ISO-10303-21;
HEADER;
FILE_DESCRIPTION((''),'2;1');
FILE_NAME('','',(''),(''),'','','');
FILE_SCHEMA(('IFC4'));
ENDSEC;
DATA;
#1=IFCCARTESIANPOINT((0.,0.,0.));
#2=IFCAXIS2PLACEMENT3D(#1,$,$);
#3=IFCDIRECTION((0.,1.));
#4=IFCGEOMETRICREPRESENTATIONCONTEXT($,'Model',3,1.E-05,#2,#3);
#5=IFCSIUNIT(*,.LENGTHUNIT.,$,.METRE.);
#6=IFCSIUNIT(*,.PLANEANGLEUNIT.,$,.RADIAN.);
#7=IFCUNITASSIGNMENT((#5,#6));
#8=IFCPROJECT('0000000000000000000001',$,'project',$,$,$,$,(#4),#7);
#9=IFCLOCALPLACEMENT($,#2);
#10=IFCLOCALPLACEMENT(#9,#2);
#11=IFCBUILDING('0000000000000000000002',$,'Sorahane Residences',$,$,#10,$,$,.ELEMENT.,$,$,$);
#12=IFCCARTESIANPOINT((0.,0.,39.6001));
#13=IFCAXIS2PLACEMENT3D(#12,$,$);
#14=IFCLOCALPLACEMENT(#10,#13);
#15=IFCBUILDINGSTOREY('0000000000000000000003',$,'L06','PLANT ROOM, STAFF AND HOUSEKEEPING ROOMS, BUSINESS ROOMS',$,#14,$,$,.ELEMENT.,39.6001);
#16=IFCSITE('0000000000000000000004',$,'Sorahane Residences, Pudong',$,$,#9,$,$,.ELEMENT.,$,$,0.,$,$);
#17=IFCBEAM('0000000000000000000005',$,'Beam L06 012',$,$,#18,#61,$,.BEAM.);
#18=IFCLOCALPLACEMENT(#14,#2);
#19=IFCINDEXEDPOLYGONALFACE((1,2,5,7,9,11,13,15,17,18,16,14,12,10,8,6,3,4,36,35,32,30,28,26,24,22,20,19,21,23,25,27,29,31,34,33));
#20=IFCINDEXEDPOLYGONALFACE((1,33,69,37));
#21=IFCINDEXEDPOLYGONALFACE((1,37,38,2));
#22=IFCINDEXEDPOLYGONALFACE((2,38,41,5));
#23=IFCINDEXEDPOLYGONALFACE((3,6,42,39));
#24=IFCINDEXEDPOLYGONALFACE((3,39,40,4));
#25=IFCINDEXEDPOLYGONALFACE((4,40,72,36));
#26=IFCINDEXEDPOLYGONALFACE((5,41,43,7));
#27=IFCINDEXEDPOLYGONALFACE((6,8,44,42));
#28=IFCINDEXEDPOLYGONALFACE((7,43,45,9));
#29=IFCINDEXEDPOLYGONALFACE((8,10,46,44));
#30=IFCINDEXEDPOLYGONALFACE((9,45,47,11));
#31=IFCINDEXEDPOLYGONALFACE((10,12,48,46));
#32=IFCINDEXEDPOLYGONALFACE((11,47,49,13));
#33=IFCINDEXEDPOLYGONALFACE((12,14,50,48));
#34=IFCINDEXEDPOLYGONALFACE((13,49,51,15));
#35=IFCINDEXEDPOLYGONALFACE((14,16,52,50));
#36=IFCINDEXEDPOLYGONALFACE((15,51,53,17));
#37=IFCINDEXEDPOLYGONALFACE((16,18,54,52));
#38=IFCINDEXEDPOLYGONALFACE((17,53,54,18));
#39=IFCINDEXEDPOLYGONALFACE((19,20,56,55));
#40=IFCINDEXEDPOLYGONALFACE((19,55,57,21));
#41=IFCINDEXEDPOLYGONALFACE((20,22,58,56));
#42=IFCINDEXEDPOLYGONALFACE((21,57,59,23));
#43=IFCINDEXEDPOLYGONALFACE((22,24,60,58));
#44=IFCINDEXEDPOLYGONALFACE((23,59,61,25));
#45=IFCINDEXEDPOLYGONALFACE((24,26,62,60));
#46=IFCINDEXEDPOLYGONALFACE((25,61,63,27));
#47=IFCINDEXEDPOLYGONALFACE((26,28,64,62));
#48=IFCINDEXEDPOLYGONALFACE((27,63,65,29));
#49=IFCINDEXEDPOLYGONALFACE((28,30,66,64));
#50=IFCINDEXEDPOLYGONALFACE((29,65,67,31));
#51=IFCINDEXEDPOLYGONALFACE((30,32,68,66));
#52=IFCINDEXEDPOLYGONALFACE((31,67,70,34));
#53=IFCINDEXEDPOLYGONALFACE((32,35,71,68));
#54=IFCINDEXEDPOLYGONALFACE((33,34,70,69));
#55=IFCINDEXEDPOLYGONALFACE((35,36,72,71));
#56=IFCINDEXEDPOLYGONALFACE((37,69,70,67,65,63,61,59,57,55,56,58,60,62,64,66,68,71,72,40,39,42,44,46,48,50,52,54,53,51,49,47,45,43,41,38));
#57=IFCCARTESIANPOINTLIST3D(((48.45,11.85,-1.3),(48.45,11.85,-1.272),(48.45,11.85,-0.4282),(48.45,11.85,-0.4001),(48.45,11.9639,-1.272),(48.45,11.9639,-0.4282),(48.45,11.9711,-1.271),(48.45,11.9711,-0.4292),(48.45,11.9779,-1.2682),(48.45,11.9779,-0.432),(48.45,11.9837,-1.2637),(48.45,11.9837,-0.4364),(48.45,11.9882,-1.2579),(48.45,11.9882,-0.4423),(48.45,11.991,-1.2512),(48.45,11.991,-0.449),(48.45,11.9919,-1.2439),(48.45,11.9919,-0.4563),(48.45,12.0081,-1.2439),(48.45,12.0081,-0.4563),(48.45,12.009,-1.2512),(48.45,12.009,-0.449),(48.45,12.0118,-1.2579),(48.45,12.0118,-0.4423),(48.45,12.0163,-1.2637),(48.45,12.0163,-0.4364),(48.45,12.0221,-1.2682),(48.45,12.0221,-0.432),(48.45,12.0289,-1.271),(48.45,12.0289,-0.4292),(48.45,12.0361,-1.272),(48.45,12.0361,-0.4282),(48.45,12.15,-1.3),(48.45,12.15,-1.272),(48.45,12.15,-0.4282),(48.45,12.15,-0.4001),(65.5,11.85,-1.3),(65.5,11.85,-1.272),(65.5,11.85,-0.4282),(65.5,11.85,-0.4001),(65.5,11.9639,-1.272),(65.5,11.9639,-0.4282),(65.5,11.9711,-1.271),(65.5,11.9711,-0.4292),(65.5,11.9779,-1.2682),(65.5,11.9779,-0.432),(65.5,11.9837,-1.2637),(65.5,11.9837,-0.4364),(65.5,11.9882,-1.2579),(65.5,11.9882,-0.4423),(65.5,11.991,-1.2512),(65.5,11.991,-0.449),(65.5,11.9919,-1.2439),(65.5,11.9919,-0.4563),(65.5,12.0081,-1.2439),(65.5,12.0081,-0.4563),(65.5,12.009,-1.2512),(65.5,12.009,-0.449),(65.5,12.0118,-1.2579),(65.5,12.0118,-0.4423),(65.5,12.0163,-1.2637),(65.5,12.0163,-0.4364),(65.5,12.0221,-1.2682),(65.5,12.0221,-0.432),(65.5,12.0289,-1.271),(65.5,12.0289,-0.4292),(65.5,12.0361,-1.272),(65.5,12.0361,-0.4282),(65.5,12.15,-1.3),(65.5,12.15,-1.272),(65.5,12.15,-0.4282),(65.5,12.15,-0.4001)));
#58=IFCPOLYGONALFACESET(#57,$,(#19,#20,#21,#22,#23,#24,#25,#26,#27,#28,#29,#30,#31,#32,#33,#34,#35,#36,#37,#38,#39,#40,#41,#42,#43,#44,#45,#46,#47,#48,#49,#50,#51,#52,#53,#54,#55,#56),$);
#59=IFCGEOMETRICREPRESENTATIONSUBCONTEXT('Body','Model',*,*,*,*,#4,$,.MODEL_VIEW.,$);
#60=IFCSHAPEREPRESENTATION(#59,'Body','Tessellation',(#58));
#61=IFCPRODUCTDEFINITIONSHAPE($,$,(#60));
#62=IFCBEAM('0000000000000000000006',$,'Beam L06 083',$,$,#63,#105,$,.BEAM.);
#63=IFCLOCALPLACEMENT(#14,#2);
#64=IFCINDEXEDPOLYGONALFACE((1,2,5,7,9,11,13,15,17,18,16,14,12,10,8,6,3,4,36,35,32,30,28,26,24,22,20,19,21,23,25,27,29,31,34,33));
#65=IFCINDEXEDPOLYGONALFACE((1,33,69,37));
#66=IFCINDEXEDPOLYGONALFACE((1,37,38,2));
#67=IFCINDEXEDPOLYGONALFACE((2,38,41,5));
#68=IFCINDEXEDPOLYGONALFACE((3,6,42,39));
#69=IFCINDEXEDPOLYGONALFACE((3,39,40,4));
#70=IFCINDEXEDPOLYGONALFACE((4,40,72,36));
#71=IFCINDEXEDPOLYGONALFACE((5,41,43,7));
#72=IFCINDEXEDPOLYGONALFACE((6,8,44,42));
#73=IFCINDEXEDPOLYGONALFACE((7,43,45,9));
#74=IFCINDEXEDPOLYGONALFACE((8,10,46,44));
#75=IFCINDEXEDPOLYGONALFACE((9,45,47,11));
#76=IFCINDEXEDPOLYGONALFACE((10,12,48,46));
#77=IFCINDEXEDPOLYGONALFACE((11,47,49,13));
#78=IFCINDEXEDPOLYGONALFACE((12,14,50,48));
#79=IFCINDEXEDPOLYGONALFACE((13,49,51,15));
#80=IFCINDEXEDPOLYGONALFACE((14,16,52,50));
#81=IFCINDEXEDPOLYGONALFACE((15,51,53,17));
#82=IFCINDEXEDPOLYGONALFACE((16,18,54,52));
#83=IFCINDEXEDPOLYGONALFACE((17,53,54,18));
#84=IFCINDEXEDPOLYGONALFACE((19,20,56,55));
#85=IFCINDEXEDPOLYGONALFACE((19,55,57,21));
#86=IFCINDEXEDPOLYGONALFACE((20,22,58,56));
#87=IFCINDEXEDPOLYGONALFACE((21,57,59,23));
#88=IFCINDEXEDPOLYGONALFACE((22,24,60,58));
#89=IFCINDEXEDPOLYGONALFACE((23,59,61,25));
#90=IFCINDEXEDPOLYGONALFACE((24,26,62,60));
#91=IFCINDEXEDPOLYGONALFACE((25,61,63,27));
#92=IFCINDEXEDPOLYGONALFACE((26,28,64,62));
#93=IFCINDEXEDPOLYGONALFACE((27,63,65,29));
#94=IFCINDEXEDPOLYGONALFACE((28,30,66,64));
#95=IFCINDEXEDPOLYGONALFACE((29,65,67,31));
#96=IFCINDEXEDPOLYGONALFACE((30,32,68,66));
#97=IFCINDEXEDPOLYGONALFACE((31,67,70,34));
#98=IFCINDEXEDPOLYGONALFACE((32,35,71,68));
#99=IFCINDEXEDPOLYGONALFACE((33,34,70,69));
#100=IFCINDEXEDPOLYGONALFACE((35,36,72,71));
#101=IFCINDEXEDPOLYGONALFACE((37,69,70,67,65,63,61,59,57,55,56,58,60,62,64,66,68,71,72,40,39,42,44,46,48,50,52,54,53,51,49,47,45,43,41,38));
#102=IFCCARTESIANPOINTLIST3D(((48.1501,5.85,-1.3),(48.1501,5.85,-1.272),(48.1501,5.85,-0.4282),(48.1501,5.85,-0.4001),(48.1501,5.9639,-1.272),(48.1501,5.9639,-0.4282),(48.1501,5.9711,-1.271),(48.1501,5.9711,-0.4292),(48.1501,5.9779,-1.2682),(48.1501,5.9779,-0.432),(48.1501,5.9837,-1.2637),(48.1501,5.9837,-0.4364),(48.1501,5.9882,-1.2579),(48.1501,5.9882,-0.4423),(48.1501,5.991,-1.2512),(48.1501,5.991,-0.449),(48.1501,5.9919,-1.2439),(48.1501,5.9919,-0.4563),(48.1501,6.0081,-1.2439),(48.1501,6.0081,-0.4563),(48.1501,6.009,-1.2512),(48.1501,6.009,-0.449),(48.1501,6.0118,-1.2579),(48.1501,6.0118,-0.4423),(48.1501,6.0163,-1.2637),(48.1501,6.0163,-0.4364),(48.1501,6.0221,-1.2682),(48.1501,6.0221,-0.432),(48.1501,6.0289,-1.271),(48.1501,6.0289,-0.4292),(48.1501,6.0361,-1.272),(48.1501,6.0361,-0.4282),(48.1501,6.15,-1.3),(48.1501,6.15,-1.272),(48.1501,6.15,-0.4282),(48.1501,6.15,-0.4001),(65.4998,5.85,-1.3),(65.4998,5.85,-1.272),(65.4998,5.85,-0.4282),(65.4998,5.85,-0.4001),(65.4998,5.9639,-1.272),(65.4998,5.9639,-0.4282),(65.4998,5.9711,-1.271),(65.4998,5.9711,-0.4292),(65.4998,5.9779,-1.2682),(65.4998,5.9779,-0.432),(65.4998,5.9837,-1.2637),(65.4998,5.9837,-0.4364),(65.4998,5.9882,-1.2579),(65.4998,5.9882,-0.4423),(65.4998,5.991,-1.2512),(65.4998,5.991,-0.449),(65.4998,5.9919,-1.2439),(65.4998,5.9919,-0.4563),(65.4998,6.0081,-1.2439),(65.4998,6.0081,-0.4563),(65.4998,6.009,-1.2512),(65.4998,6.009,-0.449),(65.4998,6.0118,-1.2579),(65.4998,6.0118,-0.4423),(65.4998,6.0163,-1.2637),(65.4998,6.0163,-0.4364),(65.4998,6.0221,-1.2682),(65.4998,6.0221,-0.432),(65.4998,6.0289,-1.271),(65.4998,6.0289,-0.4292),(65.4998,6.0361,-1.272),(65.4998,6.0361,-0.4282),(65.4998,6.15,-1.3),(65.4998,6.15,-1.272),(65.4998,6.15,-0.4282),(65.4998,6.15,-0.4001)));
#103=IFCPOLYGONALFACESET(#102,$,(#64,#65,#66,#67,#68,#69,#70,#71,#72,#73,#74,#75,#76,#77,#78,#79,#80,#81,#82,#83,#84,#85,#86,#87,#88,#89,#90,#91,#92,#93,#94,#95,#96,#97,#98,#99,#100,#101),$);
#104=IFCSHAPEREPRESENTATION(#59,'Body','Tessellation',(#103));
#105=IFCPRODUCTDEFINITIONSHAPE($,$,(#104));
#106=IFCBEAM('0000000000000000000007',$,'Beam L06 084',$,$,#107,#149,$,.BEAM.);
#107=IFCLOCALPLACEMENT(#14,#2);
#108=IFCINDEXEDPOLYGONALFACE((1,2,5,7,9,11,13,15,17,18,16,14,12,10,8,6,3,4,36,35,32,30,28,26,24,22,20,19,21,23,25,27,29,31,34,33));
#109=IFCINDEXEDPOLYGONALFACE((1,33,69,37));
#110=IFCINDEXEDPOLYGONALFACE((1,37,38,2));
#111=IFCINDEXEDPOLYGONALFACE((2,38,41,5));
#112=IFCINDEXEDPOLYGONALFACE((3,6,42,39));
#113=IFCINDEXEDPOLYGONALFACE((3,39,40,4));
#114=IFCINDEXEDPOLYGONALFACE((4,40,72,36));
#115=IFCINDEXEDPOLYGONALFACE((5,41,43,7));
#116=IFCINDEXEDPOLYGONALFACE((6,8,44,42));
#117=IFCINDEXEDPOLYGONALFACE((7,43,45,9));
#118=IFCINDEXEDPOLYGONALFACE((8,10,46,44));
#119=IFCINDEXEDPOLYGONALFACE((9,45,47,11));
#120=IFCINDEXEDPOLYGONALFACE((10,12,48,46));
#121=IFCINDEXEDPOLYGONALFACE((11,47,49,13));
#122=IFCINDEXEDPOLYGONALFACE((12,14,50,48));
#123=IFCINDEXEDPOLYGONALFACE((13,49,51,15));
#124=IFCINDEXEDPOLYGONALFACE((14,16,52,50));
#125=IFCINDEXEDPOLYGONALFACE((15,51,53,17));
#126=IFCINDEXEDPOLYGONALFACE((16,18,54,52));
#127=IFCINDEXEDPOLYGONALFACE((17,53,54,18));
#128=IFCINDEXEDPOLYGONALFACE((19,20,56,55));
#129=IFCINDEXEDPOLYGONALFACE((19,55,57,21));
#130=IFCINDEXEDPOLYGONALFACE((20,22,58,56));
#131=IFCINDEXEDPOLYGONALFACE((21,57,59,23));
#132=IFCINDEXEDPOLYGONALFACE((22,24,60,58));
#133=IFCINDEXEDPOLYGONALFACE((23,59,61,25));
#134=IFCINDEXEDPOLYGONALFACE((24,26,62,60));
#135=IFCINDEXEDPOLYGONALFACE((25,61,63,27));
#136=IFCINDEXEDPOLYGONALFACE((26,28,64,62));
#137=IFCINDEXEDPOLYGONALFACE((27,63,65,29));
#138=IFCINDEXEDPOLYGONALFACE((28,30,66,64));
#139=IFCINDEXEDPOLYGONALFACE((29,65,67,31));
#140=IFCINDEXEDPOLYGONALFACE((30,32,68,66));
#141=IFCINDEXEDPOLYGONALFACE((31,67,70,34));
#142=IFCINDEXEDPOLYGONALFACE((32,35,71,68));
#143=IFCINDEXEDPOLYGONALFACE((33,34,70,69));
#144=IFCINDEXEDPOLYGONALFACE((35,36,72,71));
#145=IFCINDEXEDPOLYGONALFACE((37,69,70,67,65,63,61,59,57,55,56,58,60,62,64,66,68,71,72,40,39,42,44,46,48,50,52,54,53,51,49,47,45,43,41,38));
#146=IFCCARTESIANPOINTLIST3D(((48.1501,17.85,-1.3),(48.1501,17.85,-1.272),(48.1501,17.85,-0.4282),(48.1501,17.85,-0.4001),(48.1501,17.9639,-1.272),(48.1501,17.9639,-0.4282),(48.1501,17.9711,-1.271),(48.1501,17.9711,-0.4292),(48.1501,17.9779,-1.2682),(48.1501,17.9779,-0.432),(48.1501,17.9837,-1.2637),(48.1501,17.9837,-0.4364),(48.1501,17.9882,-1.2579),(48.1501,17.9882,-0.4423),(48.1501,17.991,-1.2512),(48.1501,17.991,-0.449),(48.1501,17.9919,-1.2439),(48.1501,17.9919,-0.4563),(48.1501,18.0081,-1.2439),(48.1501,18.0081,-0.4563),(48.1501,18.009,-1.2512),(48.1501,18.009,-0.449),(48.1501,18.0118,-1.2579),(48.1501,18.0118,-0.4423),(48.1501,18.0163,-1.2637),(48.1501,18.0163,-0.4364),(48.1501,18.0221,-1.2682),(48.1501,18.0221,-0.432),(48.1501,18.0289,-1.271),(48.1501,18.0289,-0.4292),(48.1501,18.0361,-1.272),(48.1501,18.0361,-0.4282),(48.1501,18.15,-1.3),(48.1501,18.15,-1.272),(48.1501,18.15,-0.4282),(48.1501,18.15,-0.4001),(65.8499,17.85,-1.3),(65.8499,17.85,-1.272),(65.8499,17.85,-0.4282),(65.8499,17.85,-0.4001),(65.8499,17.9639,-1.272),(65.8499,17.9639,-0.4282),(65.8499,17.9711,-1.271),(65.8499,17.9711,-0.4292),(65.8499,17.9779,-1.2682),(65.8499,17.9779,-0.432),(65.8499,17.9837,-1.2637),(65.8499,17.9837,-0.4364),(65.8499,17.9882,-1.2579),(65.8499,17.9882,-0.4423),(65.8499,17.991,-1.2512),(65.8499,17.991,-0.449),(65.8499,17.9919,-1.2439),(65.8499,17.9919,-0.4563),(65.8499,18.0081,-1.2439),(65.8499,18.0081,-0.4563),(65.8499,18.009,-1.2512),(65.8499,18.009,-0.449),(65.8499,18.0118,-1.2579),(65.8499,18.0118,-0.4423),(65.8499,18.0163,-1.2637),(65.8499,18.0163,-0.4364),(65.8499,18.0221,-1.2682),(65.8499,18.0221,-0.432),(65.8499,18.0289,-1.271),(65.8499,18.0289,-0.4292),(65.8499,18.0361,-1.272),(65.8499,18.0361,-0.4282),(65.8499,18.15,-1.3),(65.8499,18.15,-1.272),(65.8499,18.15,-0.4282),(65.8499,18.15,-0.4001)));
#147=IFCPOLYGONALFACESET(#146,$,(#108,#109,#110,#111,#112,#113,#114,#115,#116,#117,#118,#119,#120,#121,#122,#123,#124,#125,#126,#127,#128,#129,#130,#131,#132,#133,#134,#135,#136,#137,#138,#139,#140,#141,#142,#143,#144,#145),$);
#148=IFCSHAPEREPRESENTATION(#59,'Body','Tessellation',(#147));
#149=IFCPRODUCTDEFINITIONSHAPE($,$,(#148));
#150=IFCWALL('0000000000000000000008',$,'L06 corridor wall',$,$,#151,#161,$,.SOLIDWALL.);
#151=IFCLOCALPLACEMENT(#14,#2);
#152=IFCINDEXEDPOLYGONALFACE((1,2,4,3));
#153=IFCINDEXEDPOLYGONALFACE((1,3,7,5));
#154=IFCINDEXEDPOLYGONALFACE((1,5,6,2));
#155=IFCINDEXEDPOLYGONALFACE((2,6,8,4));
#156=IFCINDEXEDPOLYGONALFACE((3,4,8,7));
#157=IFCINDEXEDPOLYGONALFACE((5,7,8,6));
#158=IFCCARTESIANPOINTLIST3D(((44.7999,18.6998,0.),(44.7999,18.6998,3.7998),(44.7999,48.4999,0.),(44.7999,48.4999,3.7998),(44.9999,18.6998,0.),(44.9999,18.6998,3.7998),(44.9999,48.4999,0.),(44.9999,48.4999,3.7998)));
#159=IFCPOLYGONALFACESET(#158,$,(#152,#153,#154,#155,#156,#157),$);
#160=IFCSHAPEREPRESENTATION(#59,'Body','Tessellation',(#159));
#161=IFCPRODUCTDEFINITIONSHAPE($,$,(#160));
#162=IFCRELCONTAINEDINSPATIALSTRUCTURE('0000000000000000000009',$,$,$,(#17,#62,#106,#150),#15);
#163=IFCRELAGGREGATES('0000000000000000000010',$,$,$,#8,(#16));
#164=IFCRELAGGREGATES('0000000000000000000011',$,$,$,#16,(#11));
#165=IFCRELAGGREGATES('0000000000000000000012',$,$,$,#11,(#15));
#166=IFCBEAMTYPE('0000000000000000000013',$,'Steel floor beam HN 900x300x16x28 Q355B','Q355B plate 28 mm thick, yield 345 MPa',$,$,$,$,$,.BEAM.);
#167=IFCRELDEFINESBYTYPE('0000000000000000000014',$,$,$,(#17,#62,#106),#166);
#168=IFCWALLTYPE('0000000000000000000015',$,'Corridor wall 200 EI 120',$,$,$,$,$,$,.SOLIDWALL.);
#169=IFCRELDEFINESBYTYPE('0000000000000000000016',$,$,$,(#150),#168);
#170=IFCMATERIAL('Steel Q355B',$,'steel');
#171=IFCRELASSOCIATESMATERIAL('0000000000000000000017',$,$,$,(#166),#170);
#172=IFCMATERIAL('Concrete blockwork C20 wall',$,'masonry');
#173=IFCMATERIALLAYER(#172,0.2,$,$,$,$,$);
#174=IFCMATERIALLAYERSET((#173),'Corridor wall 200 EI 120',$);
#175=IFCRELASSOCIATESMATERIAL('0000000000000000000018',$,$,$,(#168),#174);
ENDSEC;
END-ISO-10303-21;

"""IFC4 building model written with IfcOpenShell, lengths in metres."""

from ifc_helpers import new_model, si_unit, direction, frame, frame_2d, origin, origin_2d, place, context, subcontext, project, spatial, rectangle, i_section, extrude, material, layer, layer_set, material_profile, profile_set, type_object, element, save


model = new_model("IFC4")

# Units and contexts
model_context = context("Model", 3, precision=1e-05, world=origin(), true_north=direction((0.0, 1.0)))
body_context = subcontext(model_context, "Body", "Model", "MODEL_VIEW")
ifc_project = project(units=[si_unit("LENGTHUNIT", "METRE"), si_unit("PLANEANGLEUNIT", "RADIAN")], contexts=[model_context])

# Site, building, storey
site_placement = place(None, origin())
site = spatial("IfcSite", under=ifc_project, at=site_placement, Name="Sorahane Residences, Pudong", CompositionType="ELEMENT", RefElevation=0.0)
building_placement = place(site_placement, origin())
building = spatial("IfcBuilding", under=site, at=building_placement, Name="Sorahane Residences", CompositionType="ELEMENT")
storey_placement = place(building_placement, frame((0.0, 0.0, 39.6001)))
storey = spatial("IfcBuildingStorey", under=building, at=storey_placement, Name="L06", Description="PLANT ROOM, STAFF AND HOUSEKEEPING ROOMS, BUSINESS ROOMS", CompositionType="ELEMENT", Elevation=39.6001)

# Beams
ifc_material_1 = material(Name="Steel Q355B", Category="steel")
ifc_material_profile_1 = material_profile(ifc_material_1, i_section(OverallWidth=0.3, OverallDepth=0.8999, WebThickness=0.0161, FlangeThickness=0.0281, FilletRadius=0.0281, at=origin_2d()), Name="HN 900x300x16x28")
ifc_profile_set_1 = profile_set([ifc_material_profile_1], Name="Steel Q355B")
beam_type_1 = type_object("IfcBeamType", Name="Steel floor beam HN 900x300x16x28 Q355B", Description="Q355B plate 28 mm thick, yield 345 MPa", PredefinedType="BEAM", material=ifc_profile_set_1)
beam_1_placement = place(storey_placement, frame((48.45, 12.0, -0.8501), z_axis=(1.0, 0.0, 0.0), x_axis=(0.0, 1.0, 0.0)))
element("IfcBeam", 1, at=beam_1_placement, inside=storey, type_object=beam_type_1, Name="Beam L06 012", PredefinedType="BEAM", context=body_context, shape_type="SweptSolid", body=[
    extrude(i_section(OverallWidth=0.3, OverallDepth=0.8999, WebThickness=0.0161, FlangeThickness=0.0281, FilletRadius=0.0281, at=origin_2d()), origin(), (0.0, 0.0, 1.0), 17.05),
])
beam_2_placement = place(storey_placement, frame((48.1501, 6.0, -0.8501), z_axis=(1.0, 0.0, 0.0), x_axis=(0.0, 1.0, 0.0)))
element("IfcBeam", 2, at=beam_2_placement, inside=storey, type_object=beam_type_1, Name="Beam L06 083", PredefinedType="BEAM", context=body_context, shape_type="SweptSolid", body=[
    extrude(i_section(OverallWidth=0.3, OverallDepth=0.8999, WebThickness=0.0161, FlangeThickness=0.0281, FilletRadius=0.0281, at=origin_2d()), origin(), (0.0, 0.0, 1.0), 17.3496),
])
beam_3_placement = place(storey_placement, frame((48.1501, 18.0, -0.8501), z_axis=(1.0, 0.0, 0.0), x_axis=(0.0, 1.0, 0.0)))
element("IfcBeam", 3, at=beam_3_placement, inside=storey, type_object=beam_type_1, Name="Beam L06 084", PredefinedType="BEAM", context=body_context, shape_type="SweptSolid", body=[
    extrude(i_section(OverallWidth=0.3, OverallDepth=0.8999, WebThickness=0.0161, FlangeThickness=0.0281, FilletRadius=0.0281, at=origin_2d()), origin(), (0.0, 0.0, 1.0), 17.6997),
])

# Wall
ifc_material_2 = material(Name="Concrete blockwork C20 wall", Category="masonry")
ifc_layer_1 = layer(ifc_material_2, 0.2)
ifc_layer_set_1 = layer_set([ifc_layer_1], Name="Corridor wall 200 EI 120")
wall_type_1 = type_object("IfcWallType", Name="Corridor wall 200 EI 120", PredefinedType="SOLIDWALL", material=ifc_layer_set_1)
wall_1_placement = place(storey_placement, frame((44.8999, 18.7, 0.0), z_axis=(0.0, 0.0, 1.0), x_axis=(0.0, 1.0, 0.0)))
element("IfcWall", 4, at=wall_1_placement, inside=storey, type_object=wall_type_1, Name="L06 corridor wall", PredefinedType="SOLIDWALL", context=body_context, shape_type="SweptSolid", body=[
    extrude(rectangle(XDim=29.8, YDim=0.2, at=frame_2d((14.8999, 0.0))), origin(), (0.0, 0.0, 1.0), 3.7998),
])

save(model, "model.ifc")
